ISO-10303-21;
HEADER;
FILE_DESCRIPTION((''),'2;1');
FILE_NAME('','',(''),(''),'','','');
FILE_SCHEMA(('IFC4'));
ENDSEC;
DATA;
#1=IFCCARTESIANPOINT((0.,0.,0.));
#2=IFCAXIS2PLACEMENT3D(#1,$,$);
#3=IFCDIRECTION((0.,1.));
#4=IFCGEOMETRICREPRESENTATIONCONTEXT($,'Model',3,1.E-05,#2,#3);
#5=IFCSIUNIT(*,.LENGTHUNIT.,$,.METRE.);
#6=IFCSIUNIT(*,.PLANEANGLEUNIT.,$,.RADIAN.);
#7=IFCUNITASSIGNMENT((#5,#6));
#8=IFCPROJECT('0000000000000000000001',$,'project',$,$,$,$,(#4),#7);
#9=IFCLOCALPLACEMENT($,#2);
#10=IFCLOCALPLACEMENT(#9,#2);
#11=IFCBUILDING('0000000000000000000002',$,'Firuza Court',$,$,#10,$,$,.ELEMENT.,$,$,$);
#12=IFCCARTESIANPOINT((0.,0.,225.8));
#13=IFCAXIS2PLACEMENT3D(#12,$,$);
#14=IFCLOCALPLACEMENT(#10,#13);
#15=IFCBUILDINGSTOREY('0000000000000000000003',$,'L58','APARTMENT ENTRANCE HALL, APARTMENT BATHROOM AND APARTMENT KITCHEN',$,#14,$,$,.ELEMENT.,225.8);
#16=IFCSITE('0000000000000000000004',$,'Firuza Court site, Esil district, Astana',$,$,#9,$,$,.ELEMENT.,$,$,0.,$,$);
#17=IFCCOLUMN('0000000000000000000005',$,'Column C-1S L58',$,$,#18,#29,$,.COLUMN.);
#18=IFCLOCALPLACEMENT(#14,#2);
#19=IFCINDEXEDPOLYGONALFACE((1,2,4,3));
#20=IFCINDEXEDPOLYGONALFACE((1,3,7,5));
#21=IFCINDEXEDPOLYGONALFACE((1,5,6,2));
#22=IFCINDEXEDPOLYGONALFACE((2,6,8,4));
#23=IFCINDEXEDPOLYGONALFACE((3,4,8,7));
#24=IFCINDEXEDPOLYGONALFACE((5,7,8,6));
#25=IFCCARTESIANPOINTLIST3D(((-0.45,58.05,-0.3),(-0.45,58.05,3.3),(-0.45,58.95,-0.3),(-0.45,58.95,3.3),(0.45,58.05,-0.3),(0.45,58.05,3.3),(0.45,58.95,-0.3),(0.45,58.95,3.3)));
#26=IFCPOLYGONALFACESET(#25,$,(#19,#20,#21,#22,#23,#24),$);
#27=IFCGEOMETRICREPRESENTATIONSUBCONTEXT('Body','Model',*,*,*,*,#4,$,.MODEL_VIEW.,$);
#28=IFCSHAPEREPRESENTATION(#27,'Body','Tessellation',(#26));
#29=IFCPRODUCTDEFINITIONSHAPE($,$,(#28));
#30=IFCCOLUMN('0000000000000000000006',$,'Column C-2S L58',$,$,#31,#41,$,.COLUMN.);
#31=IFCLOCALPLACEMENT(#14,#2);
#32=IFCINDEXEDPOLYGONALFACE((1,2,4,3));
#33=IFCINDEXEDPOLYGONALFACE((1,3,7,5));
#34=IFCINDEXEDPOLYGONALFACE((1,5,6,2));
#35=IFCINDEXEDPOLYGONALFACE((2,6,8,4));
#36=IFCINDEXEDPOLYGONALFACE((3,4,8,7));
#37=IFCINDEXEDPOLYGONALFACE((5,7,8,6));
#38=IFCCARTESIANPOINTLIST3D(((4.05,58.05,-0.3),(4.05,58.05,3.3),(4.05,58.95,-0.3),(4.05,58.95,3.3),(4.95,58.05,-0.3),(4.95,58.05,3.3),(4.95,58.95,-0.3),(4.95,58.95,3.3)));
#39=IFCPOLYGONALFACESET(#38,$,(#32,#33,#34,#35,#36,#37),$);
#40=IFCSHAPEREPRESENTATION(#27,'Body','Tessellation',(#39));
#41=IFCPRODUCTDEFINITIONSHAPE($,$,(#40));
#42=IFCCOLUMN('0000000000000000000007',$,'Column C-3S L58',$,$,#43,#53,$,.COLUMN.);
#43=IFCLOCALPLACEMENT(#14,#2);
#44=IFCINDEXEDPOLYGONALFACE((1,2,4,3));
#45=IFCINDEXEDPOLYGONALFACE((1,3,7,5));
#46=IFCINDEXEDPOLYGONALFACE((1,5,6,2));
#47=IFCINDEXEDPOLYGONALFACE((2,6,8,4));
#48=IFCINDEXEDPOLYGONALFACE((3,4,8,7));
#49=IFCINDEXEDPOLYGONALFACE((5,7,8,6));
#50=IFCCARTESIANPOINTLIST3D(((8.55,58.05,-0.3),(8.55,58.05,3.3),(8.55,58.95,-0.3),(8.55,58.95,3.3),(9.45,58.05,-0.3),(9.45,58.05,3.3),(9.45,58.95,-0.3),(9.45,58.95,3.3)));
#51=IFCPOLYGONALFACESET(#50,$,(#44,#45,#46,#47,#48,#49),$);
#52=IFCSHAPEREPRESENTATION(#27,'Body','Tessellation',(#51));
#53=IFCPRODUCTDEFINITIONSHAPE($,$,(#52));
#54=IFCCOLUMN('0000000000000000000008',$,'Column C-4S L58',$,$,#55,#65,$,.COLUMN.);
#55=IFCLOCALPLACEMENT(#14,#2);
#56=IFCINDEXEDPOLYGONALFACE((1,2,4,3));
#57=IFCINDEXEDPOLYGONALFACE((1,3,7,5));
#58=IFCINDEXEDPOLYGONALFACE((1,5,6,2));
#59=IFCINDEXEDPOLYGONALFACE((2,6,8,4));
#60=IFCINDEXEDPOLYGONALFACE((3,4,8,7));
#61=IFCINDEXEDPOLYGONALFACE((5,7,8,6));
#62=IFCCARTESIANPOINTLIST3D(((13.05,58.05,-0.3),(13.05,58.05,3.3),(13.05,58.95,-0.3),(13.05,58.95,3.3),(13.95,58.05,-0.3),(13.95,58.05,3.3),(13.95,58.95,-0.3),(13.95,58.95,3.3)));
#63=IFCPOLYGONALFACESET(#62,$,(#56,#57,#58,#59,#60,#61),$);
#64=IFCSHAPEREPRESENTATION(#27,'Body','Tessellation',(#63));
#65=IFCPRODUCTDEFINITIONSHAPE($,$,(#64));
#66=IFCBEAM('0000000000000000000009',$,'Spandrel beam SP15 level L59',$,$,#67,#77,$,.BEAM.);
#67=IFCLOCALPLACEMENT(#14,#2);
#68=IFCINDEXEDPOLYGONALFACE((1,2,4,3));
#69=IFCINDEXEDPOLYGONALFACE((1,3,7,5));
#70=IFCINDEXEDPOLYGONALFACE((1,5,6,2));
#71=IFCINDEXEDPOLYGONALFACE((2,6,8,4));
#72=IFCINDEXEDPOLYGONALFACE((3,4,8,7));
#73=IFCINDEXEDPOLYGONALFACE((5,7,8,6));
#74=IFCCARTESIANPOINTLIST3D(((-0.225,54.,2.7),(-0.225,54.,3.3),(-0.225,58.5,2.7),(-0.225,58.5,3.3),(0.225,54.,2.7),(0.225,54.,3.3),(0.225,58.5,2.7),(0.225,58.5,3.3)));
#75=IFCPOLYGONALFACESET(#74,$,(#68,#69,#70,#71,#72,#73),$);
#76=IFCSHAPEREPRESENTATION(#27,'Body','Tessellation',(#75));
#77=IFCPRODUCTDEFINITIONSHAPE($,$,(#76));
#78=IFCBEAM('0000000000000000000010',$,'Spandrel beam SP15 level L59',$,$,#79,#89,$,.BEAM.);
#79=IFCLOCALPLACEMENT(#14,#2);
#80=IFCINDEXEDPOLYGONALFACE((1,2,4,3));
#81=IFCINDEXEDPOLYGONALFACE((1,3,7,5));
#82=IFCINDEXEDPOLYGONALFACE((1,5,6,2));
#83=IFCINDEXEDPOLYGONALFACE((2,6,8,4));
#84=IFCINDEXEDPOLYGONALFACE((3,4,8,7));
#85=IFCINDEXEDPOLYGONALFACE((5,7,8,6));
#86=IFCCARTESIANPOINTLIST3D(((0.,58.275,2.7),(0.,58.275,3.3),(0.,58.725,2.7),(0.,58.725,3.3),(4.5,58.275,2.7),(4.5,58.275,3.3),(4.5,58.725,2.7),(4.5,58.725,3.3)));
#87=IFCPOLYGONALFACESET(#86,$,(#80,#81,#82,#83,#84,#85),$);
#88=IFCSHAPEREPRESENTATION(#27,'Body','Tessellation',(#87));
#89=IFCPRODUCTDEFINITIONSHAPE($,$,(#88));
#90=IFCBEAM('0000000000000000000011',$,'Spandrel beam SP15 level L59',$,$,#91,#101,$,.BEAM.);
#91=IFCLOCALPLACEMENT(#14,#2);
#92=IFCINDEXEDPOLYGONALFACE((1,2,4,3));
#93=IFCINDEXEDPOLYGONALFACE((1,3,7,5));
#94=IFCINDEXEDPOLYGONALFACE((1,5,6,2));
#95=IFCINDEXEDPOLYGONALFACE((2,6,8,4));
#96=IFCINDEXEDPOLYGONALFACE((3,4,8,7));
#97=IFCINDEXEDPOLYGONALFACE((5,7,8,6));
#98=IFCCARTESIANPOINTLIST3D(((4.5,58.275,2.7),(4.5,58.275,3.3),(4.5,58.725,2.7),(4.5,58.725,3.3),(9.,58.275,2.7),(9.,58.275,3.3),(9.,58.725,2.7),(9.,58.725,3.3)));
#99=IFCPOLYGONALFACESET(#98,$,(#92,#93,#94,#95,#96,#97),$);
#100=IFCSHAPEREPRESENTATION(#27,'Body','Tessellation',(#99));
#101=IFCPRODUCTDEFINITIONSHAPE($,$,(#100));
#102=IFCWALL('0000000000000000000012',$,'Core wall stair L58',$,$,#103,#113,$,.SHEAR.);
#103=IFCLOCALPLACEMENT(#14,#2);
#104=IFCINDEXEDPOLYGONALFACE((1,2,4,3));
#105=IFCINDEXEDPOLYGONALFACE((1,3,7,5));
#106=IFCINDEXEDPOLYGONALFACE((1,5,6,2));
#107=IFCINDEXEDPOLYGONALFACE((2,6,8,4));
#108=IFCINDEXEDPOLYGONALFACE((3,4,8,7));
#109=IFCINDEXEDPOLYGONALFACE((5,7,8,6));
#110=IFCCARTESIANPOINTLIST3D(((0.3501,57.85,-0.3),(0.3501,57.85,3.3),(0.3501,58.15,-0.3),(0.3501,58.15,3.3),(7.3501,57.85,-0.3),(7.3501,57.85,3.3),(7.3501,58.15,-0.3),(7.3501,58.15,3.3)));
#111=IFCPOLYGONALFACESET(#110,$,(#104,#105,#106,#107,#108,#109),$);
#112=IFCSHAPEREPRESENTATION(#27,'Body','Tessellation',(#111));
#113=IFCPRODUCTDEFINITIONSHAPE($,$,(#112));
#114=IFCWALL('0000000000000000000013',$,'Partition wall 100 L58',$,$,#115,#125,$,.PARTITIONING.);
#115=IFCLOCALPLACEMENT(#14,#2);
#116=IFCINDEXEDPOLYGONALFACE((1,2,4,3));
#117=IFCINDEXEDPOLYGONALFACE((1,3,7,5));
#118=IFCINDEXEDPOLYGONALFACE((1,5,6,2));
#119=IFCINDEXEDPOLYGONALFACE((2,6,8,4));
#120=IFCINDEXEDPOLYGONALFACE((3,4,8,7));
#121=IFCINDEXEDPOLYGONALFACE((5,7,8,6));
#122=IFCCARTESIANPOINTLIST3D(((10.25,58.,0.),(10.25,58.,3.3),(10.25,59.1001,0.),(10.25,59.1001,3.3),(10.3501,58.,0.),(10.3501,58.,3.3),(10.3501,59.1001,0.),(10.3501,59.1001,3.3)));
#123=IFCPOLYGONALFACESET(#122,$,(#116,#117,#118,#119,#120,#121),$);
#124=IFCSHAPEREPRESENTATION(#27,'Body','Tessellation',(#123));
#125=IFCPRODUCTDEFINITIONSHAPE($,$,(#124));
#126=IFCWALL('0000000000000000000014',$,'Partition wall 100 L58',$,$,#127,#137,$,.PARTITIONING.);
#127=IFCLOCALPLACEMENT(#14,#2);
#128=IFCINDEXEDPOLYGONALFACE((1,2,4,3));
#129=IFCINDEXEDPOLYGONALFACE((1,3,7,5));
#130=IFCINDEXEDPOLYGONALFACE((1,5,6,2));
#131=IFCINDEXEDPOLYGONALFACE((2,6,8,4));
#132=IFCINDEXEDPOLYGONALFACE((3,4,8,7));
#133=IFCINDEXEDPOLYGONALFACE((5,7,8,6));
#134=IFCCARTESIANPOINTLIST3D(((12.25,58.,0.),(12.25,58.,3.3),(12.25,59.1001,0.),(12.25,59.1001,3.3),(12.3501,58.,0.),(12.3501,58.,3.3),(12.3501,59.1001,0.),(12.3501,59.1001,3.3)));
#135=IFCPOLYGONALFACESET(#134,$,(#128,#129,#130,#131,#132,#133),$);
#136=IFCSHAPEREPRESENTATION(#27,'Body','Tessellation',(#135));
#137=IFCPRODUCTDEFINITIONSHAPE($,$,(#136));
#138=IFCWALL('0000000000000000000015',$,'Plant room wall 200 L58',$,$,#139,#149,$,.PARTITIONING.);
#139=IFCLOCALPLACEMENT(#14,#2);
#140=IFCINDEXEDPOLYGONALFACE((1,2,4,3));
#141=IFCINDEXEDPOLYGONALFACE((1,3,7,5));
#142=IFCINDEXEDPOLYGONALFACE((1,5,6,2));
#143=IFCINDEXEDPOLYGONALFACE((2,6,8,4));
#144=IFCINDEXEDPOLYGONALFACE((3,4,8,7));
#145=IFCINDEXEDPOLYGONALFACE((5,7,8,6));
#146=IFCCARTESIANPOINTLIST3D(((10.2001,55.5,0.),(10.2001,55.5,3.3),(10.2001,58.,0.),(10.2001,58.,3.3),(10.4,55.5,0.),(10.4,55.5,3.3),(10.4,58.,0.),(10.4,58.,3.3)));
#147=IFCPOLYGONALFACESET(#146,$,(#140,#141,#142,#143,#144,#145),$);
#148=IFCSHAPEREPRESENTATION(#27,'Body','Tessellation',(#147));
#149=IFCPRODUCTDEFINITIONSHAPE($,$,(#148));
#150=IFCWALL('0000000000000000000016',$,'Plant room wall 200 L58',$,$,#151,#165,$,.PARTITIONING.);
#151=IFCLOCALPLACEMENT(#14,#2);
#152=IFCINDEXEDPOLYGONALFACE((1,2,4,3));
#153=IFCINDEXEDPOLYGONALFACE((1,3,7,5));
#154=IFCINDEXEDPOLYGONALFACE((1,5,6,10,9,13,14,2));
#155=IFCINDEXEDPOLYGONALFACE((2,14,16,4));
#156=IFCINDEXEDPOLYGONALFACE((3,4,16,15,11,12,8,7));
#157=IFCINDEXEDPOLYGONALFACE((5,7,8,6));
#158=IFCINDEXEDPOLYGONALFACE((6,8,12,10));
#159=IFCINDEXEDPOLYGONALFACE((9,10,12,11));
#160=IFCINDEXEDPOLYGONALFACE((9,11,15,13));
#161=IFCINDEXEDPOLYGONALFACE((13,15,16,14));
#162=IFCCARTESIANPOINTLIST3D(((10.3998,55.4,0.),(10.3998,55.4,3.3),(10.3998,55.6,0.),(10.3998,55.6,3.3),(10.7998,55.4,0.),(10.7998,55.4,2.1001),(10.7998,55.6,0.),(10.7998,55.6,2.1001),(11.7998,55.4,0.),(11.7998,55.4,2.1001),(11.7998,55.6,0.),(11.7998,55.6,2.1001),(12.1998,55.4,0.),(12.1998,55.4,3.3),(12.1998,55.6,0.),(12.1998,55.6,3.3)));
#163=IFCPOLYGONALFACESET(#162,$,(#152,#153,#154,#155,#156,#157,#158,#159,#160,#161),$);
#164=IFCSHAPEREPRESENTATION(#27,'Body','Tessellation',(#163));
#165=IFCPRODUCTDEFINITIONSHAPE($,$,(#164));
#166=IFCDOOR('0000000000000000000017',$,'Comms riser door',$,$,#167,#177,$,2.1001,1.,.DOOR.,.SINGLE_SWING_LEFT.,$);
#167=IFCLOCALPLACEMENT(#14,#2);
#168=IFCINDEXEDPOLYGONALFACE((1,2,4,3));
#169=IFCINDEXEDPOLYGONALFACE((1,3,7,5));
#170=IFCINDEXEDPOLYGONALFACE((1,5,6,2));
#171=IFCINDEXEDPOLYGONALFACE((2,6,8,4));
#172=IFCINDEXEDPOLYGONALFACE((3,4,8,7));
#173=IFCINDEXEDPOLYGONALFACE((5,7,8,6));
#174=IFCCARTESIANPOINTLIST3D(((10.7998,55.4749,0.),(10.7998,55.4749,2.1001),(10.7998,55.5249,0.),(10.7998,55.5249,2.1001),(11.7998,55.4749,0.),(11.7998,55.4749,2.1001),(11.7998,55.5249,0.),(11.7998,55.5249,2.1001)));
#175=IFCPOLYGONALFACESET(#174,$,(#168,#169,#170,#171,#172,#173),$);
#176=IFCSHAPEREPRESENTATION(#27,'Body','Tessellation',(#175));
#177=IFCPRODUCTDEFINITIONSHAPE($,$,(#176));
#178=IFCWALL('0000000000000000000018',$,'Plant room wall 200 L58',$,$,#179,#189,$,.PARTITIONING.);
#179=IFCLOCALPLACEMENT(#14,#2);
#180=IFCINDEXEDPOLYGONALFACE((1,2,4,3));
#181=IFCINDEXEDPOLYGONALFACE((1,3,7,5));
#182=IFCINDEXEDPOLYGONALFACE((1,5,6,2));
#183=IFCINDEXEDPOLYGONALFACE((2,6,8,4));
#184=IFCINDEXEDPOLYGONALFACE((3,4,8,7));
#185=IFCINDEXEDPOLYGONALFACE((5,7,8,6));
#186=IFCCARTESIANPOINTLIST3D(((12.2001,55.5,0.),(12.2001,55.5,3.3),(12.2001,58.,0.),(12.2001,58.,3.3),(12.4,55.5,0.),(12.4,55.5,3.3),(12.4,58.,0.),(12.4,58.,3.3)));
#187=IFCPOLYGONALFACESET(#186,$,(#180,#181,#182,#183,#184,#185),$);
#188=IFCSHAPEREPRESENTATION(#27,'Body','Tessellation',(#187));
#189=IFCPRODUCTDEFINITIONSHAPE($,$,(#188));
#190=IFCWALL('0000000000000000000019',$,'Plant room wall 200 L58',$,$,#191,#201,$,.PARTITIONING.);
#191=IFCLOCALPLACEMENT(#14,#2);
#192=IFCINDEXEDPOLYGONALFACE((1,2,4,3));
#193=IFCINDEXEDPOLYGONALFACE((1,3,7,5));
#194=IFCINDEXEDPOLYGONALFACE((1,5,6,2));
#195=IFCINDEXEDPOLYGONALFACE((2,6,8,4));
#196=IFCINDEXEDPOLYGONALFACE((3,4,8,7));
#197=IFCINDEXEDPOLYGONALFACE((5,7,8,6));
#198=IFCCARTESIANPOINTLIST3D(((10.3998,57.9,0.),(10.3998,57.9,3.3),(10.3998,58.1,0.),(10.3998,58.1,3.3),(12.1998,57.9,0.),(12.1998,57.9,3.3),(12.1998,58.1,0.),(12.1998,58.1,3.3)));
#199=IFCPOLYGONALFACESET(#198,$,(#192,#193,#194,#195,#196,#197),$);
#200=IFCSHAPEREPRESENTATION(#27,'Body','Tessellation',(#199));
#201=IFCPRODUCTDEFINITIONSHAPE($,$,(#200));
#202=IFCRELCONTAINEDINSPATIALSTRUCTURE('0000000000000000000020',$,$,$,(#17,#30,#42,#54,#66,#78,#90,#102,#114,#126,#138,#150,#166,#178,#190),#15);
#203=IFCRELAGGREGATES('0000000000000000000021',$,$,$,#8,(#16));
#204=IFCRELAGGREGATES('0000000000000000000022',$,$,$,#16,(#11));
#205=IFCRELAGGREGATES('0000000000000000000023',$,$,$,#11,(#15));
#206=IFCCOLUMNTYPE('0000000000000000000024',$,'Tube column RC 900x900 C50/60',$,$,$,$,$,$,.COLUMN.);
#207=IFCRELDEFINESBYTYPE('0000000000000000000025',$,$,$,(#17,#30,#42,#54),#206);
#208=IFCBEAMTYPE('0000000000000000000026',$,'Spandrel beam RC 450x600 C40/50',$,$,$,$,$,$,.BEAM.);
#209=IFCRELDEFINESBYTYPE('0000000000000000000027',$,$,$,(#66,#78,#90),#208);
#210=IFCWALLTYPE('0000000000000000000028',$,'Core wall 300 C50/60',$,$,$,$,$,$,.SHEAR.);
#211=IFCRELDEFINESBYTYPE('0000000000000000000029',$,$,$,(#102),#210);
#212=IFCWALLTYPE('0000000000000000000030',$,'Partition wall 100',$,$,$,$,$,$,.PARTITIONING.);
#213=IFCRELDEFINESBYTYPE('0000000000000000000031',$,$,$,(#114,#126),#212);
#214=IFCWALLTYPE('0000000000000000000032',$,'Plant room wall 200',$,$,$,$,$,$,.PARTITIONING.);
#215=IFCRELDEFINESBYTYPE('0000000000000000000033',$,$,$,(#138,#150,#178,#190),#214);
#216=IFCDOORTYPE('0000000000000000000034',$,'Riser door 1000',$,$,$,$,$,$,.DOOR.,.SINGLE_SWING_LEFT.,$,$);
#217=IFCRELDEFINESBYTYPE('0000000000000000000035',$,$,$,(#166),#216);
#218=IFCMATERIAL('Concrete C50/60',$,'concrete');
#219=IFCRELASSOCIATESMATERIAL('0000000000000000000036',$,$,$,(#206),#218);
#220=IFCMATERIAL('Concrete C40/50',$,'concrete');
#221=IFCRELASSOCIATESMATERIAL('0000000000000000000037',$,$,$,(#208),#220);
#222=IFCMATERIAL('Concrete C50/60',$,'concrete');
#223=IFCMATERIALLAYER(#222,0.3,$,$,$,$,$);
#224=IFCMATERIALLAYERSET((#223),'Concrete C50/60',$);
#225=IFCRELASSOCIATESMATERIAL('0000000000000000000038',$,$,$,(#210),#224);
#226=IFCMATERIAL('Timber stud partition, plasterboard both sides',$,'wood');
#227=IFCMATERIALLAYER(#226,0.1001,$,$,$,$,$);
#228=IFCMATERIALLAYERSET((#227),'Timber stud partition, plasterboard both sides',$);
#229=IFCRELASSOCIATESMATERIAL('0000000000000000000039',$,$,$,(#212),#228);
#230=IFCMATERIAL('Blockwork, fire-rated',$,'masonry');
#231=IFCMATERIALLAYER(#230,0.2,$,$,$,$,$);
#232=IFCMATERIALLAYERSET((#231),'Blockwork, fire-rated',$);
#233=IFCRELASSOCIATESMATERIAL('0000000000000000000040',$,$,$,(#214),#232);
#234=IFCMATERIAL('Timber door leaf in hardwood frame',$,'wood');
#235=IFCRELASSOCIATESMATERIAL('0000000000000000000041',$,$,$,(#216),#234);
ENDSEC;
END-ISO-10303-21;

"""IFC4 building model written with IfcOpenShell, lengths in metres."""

from ifc_helpers import new_model, si_unit, direction, frame, frame_2d, origin, origin_2d, place, context, subcontext, project, spatial, rectangle, extrude, material, layer, layer_set, material_profile, profile_set, type_object, element, fill, save


model = new_model("IFC4")

# Units and contexts
model_context = context("Model", 3, precision=1e-05, world=origin(), true_north=direction((0.0, 1.0)))
body_context = subcontext(model_context, "Body", "Model", "MODEL_VIEW")
ifc_project = project(units=[si_unit("LENGTHUNIT", "METRE"), si_unit("PLANEANGLEUNIT", "RADIAN")], contexts=[model_context])

# Site, building, storey
site_placement = place(None, origin())
site = spatial("IfcSite", under=ifc_project, at=site_placement, Name="Firuza Court site, Esil district, Astana", CompositionType="ELEMENT", RefElevation=0.0)
building_placement = place(site_placement, origin())
building = spatial("IfcBuilding", under=site, at=building_placement, Name="Firuza Court", CompositionType="ELEMENT")
storey_placement = place(building_placement, frame((0.0, 0.0, 225.8)))
storey = spatial("IfcBuildingStorey", under=building, at=storey_placement, Name="L58", Description="APARTMENT ENTRANCE HALL, APARTMENT BATHROOM AND APARTMENT KITCHEN", CompositionType="ELEMENT", Elevation=225.8)

# Columns
ifc_material_1 = material(Name="Concrete C50/60", Category="concrete")
ifc_material_profile_1 = material_profile(ifc_material_1, rectangle(XDim=0.8999, YDim=0.8999, at=origin_2d()), Name="RC 900x900")
ifc_profile_set_1 = profile_set([ifc_material_profile_1], Name="Concrete C50/60")
column_type = type_object("IfcColumnType", Name="Tube column RC 900x900 C50/60", PredefinedType="COLUMN", material=ifc_profile_set_1)
for number, where, z_axis, x_axis, name in (
    (1, (0.0, 58.5, -0.3), (0.0, 0.0, 1.0), (1.0, 0.0, 0.0), "Column C-1S L58"),
    (2, (4.5, 58.5, -0.3), (0.0, 0.0, 1.0), (1.0, 0.0, 0.0), "Column C-2S L58"),
    (3, (9.0, 58.5, -0.3), (0.0, 0.0, 1.0), (1.0, 0.0, 0.0), "Column C-3S L58"),
    (4, (13.5, 58.5, -0.3), (0.0, 0.0, 1.0), (1.0, 0.0, 0.0), "Column C-4S L58"),
):
    element("IfcColumn", number, at=place(storey_placement, frame(where, z_axis=z_axis, x_axis=x_axis)), inside=storey, type_object=column_type, Name=name, PredefinedType="COLUMN", context=body_context, shape_type="SweptSolid", body=[
        extrude(rectangle(XDim=0.8999, YDim=0.8999, at=origin_2d()), origin(), (0.0, 0.0, 1.0), 3.6001),
    ])

# Beams
ifc_material_2 = material(Name="Concrete C40/50", Category="concrete")
ifc_material_profile_2 = material_profile(ifc_material_2, rectangle(XDim=0.45, YDim=0.6001, at=origin_2d()), Name="RC 450x600")
ifc_profile_set_2 = profile_set([ifc_material_profile_2], Name="Concrete C40/50")
beam_type = type_object("IfcBeamType", Name="Spandrel beam RC 450x600 C40/50", PredefinedType="BEAM", material=ifc_profile_set_2)
for number, where, z_axis, x_axis, name in (
    (5, (0.0, 58.5, 3.0), (0.0, -1.0, 0.0), (1.0, 0.0, 0.0), "Spandrel beam SP15 level L59"),
    (6, (4.5, 58.5, 3.0), (-1.0, 0.0, 0.0), (0.0, -1.0, 0.0), "Spandrel beam SP15 level L59"),
    (7, (9.0, 58.5, 3.0), (-1.0, 0.0, 0.0), (0.0, -1.0, 0.0), "Spandrel beam SP15 level L59"),
):
    element("IfcBeam", number, at=place(storey_placement, frame(where, z_axis=z_axis, x_axis=x_axis)), inside=storey, type_object=beam_type, Name=name, PredefinedType="BEAM", context=body_context, shape_type="SweptSolid", body=[
        extrude(rectangle(XDim=0.45, YDim=0.6001, at=origin_2d()), origin(), (0.0, 0.0, 1.0), 4.5),
    ])

# Walls
ifc_material_3 = material(Name="Concrete C50/60", Category="concrete")
ifc_layer_1 = layer(ifc_material_3, 0.3)
ifc_layer_set_1 = layer_set([ifc_layer_1], Name="Concrete C50/60")
wall_type_1 = type_object("IfcWallType", Name="Core wall 300 C50/60", PredefinedType="SHEAR", material=ifc_layer_set_1)
wall_1_placement = place(storey_placement, frame((0.3501, 58.0, -0.3), z_axis=(0.0, 0.0, 1.0), x_axis=(1.0, 0.0, 0.0)))
element("IfcWall", 8, at=wall_1_placement, inside=storey, type_object=wall_type_1, Name="Core wall stair L58", PredefinedType="SHEAR", context=body_context, shape_type="SweptSolid", body=[
    extrude(rectangle(XDim=7.0, YDim=0.3, at=frame_2d((3.5, 0.0))), origin(), (0.0, 0.0, 1.0), 3.6001),
])
ifc_material_4 = material(Name="Timber stud partition, plasterboard both sides", Category="wood")
ifc_layer_2 = layer(ifc_material_4, 0.1001)
ifc_layer_set_2 = layer_set([ifc_layer_2], Name="Timber stud partition, plasterboard both sides")
wall_type_2 = type_object("IfcWallType", Name="Partition wall 100", PredefinedType="PARTITIONING", material=ifc_layer_set_2)
for number, where, z_axis, x_axis, name in (
    (9, (10.3, 58.0, 0.0), (0.0, 0.0, 1.0), (0.0, 1.0, 0.0), "Partition wall 100 L58"),
    (10, (12.3, 58.0, 0.0), (0.0, 0.0, 1.0), (0.0, 1.0, 0.0), "Partition wall 100 L58"),
):
    element("IfcWall", number, at=place(storey_placement, frame(where, z_axis=z_axis, x_axis=x_axis)), inside=storey, type_object=wall_type_2, Name=name, PredefinedType="PARTITIONING", context=body_context, shape_type="SweptSolid", body=[
        extrude(rectangle(XDim=1.1001, YDim=0.1001, at=frame_2d((0.55, 0.0))), origin(), (0.0, 0.0, 1.0), 3.3),
    ])
ifc_material_5 = material(Name="Blockwork, fire-rated", Category="masonry")
ifc_layer_3 = layer(ifc_material_5, 0.2)
ifc_layer_set_3 = layer_set([ifc_layer_3], Name="Blockwork, fire-rated")
wall_type_3 = type_object("IfcWallType", Name="Plant room wall 200", PredefinedType="PARTITIONING", material=ifc_layer_set_3)
wall_2_placement = place(storey_placement, frame((10.3, 55.5, 0.0), z_axis=(0.0, 0.0, 1.0), x_axis=(0.0, 1.0, 0.0)))
element("IfcWall", 11, at=wall_2_placement, inside=storey, type_object=wall_type_3, Name="Plant room wall 200 L58", PredefinedType="PARTITIONING", context=body_context, shape_type="SweptSolid", body=[
    extrude(rectangle(XDim=2.5, YDim=0.2, at=frame_2d((1.25, 0.0))), origin(), (0.0, 0.0, 1.0), 3.3),
])

# Wall, opening, door
wall_3_placement = place(storey_placement, frame((10.3999, 55.5, 0.0), z_axis=(0.0, 0.0, 1.0), x_axis=(1.0, 0.0, 0.0)))
wall_3 = element("IfcWall", 12, at=wall_3_placement, inside=storey, type_object=wall_type_3, Name="Plant room wall 200 L58", PredefinedType="PARTITIONING", context=body_context, shape_type="SweptSolid", body=[
    extrude(rectangle(XDim=1.8, YDim=0.2, at=frame_2d((0.8999, 0.0))), origin(), (0.0, 0.0, 1.0), 3.3),
])
opening_placement = place(wall_3_placement, frame((0.3999, 0.0, 0.0)))
opening = element("IfcOpeningElement", 13, at=opening_placement, cuts=wall_3, PredefinedType="OPENING", context=body_context, shape_type="SweptSolid", body=[
    extrude(rectangle(XDim=1.0, YDim=2.1001, at=frame_2d((0.5, 1.05))), frame((0.0, 0.1118, 0.0), z_axis=(0.0, -1.0, 0.0), x_axis=(1.0, 0.0, 0.0)), (0.0, 0.0, 1.0), 0.2239),
])
ifc_material_6 = material(Name="Timber door leaf in hardwood frame", Category="wood")
door_type = type_object("IfcDoorType", Name="Riser door 1000", OperationType="SINGLE_SWING_LEFT", PredefinedType="DOOR", material=ifc_material_6)
door_placement = place(opening_placement, origin())
door = element("IfcDoor", 14, at=door_placement, inside=storey, type_object=door_type, Name="Comms riser door", OperationType="SINGLE_SWING_LEFT", OverallHeight=2.1001, OverallWidth=1.0, PredefinedType="DOOR", context=body_context, shape_type="SweptSolid", body=[
    extrude(rectangle(XDim=1.0, YDim=2.1001, at=frame_2d((0.5, 1.05))), frame((0.0, 0.0249, 0.0), z_axis=(0.0, -1.0, 0.0), x_axis=(1.0, 0.0, 0.0)), (0.0, 0.0, 1.0), 0.05),
])
fill(opening, door)

# Walls
wall_4_placement = place(storey_placement, frame((12.3, 55.5, 0.0), z_axis=(0.0, 0.0, 1.0), x_axis=(0.0, 1.0, 0.0)))
element("IfcWall", 15, at=wall_4_placement, inside=storey, type_object=wall_type_3, Name="Plant room wall 200 L58", PredefinedType="PARTITIONING", context=body_context, shape_type="SweptSolid", body=[
    extrude(rectangle(XDim=2.5, YDim=0.2, at=frame_2d((1.25, 0.0))), origin(), (0.0, 0.0, 1.0), 3.3),
])
wall_5_placement = place(storey_placement, frame((10.3999, 58.0, 0.0), z_axis=(0.0, 0.0, 1.0), x_axis=(1.0, 0.0, 0.0)))
element("IfcWall", 16, at=wall_5_placement, inside=storey, type_object=wall_type_3, Name="Plant room wall 200 L58", PredefinedType="PARTITIONING", context=body_context, shape_type="SweptSolid", body=[
    extrude(rectangle(XDim=1.8, YDim=0.2, at=frame_2d((0.8999, 0.0))), origin(), (0.0, 0.0, 1.0), 3.3),
])

save(model, "model.ifc")
